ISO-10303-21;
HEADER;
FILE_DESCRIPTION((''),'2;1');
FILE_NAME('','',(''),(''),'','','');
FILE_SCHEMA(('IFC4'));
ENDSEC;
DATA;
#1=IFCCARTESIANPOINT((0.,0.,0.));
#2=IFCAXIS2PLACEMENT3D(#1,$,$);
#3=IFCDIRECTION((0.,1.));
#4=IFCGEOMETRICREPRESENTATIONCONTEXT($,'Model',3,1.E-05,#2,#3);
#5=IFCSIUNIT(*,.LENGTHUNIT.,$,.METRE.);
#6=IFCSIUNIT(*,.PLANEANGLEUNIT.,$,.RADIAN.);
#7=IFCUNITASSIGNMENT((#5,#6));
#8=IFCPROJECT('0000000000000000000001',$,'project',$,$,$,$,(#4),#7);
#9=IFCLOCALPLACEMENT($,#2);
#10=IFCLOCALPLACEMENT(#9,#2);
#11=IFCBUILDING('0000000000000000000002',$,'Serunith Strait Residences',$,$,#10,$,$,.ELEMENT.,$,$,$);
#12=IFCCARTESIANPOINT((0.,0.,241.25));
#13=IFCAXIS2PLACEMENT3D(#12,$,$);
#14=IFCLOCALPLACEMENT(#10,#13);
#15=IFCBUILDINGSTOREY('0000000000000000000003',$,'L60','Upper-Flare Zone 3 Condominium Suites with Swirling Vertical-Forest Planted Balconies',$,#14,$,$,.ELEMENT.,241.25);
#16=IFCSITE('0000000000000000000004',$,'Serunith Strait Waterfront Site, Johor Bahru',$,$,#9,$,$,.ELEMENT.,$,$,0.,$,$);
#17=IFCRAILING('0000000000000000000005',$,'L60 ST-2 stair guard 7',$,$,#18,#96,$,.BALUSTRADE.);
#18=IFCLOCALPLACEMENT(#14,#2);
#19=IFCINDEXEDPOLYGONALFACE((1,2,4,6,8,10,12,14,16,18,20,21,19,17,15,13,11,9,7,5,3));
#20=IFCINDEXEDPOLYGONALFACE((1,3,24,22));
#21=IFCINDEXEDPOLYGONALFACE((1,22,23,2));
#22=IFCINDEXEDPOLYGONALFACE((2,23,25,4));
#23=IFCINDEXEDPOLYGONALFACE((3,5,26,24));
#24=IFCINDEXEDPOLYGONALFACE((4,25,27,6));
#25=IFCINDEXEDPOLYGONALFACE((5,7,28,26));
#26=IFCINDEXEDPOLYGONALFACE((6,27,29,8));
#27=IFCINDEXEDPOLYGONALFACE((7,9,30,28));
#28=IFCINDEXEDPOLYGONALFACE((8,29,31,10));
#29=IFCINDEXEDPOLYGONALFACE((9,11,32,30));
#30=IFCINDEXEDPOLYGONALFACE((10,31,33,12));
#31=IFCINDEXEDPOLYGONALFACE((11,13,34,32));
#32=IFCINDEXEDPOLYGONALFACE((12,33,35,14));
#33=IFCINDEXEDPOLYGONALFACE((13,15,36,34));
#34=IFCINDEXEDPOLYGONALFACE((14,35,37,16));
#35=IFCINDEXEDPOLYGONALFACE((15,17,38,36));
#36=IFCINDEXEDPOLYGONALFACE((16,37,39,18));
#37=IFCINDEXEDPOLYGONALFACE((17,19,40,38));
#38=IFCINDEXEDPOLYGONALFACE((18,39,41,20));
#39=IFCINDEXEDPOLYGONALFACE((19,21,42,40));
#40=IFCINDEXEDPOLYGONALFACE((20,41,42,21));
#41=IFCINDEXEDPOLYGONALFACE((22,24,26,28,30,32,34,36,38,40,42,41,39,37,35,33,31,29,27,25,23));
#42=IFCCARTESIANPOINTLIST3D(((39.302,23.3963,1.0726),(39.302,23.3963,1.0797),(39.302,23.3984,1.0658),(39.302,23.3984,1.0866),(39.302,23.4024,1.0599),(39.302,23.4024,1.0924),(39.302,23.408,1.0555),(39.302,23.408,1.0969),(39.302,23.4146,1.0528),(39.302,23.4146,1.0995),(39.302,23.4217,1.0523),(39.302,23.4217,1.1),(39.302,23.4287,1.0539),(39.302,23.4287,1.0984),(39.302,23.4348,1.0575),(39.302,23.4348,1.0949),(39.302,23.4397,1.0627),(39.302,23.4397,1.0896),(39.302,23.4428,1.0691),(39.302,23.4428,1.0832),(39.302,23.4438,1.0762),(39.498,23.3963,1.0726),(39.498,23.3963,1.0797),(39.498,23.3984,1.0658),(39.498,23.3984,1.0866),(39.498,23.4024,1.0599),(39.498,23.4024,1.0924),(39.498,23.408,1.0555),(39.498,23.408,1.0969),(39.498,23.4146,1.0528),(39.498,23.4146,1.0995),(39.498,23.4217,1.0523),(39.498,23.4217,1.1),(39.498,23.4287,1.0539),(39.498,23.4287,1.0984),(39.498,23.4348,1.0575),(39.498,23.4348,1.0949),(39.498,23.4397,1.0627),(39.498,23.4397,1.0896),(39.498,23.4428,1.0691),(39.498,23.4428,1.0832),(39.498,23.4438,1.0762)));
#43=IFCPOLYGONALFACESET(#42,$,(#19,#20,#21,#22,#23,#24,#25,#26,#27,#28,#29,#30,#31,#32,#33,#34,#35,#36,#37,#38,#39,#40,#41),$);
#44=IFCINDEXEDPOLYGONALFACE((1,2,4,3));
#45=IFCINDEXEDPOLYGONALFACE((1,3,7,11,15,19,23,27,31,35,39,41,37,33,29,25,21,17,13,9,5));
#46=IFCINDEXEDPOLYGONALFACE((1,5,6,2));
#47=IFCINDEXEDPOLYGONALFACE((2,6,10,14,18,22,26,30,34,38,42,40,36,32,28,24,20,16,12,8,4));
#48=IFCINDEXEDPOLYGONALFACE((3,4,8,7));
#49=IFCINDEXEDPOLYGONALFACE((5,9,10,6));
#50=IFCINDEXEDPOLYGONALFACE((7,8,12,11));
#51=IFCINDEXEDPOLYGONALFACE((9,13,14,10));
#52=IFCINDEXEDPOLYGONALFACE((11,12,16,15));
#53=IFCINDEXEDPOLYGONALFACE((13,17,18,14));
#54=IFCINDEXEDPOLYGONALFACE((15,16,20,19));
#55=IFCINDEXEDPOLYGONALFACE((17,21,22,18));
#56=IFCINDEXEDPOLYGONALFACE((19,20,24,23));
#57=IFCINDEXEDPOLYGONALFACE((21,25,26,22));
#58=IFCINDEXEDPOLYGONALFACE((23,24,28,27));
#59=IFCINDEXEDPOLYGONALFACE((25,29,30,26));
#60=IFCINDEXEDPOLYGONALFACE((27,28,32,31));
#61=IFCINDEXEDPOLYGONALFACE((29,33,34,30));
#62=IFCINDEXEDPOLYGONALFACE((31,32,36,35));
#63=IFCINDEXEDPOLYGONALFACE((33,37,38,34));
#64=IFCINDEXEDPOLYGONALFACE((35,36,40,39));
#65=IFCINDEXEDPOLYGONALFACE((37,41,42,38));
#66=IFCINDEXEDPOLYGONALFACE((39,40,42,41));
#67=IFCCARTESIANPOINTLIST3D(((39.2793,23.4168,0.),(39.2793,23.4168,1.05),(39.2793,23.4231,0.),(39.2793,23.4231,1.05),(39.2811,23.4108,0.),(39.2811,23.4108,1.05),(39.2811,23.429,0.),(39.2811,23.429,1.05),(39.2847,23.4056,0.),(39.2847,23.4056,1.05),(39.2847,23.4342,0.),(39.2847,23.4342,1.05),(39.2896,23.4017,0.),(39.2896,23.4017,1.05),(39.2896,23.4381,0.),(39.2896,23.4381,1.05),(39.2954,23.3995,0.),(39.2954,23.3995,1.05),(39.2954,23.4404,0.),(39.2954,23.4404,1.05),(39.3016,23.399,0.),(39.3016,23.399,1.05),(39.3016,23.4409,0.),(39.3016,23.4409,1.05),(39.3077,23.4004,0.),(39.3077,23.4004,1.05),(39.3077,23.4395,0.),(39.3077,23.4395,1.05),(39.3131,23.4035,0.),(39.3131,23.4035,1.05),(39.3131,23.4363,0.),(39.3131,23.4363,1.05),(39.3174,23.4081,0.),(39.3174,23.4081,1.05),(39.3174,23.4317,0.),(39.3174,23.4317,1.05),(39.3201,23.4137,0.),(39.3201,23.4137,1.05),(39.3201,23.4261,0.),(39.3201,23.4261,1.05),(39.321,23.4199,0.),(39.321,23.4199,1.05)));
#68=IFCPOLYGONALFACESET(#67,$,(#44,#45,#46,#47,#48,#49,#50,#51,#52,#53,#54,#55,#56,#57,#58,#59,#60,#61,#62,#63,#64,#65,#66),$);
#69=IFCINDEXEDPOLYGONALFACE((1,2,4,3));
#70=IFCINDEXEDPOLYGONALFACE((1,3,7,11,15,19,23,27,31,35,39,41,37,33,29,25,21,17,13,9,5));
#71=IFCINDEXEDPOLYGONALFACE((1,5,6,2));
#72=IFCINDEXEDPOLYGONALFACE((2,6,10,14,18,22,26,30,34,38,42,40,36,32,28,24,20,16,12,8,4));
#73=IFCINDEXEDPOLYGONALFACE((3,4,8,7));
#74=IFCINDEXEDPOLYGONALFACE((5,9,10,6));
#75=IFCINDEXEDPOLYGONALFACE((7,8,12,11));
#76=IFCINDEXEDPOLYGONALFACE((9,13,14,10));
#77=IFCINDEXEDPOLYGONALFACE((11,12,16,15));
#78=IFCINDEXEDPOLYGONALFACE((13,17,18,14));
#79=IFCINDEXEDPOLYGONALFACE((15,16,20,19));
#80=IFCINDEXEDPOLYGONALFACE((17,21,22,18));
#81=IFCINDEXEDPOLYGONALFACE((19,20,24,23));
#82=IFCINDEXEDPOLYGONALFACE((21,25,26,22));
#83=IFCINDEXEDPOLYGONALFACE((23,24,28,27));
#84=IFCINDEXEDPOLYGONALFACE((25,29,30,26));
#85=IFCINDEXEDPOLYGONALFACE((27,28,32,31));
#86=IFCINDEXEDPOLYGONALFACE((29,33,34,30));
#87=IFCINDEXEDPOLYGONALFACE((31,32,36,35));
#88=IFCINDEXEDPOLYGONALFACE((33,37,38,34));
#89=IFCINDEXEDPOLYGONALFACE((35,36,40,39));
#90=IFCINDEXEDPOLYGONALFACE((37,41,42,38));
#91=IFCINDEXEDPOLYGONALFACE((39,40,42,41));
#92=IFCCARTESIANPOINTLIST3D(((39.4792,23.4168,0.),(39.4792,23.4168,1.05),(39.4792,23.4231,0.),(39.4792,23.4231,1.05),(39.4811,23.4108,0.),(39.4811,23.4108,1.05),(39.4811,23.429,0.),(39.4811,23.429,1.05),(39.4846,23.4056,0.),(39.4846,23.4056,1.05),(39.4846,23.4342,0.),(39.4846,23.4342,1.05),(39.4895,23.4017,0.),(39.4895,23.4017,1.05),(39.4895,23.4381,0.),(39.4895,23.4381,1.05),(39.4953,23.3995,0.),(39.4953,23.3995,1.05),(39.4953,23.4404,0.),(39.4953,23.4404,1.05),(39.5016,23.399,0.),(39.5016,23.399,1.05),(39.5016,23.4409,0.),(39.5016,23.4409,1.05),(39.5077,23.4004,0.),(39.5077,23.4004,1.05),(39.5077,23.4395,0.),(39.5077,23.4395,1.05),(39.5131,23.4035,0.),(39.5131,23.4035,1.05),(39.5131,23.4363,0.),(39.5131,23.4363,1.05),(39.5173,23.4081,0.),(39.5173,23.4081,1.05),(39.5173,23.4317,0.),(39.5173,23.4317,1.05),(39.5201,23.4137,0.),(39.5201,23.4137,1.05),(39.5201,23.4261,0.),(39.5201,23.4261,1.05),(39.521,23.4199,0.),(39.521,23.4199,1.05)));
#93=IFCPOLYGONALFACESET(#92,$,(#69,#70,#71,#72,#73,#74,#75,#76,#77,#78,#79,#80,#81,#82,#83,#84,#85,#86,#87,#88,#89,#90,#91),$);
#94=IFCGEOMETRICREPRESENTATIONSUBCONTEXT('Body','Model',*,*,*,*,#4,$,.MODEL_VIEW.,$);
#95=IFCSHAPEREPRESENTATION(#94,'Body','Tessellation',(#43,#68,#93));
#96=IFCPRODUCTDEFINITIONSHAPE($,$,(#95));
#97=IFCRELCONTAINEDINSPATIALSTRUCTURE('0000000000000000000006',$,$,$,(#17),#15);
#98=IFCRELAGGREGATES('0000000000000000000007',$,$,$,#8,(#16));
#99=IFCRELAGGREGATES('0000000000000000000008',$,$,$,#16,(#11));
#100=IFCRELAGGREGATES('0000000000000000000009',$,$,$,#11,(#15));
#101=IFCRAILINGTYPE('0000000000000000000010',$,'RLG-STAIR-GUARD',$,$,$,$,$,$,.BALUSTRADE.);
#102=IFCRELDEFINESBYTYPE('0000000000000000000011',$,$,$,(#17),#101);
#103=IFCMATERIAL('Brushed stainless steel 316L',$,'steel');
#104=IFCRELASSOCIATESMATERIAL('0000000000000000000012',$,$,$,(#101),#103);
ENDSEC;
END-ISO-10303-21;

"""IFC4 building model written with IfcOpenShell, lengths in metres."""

from ifc_helpers import new_model, si_unit, direction, frame, origin, origin_2d, place, context, subcontext, project, spatial, circle, extrude, material, type_object, element, save


model = new_model("IFC4")

# Units and contexts
model_context = context("Model", 3, precision=1e-05, world=origin(), true_north=direction((0.0, 1.0)))
body_context = subcontext(model_context, "Body", "Model", "MODEL_VIEW")
ifc_project = project(units=[si_unit("LENGTHUNIT", "METRE"), si_unit("PLANEANGLEUNIT", "RADIAN")], contexts=[model_context])

# Site, building, storey
site_placement = place(None, origin())
site = spatial("IfcSite", under=ifc_project, at=site_placement, Name="Serunith Strait Waterfront Site, Johor Bahru", CompositionType="ELEMENT", RefElevation=0.0)
building_placement = place(site_placement, origin())
building = spatial("IfcBuilding", under=site, at=building_placement, Name="Serunith Strait Residences", CompositionType="ELEMENT")
storey_placement = place(building_placement, frame((0.0, 0.0, 241.25)))
storey = spatial("IfcBuildingStorey", under=building, at=storey_placement, Name="L60", Description="Upper-Flare Zone 3 Condominium Suites with Swirling Vertical-Forest Planted Balconies", CompositionType="ELEMENT", Elevation=241.25)

# Railing
ifc_material_1 = material(Name="Brushed stainless steel 316L", Category="steel")
railing_type_1 = type_object("IfcRailingType", Name="RLG-STAIR-GUARD", PredefinedType="BALUSTRADE", material=ifc_material_1)
railing_1_placement = place(storey_placement, frame((39.3, 23.4199, 0.0)))
element("IfcRailing", 1, at=railing_1_placement, inside=storey, type_object=railing_type_1, Name="L60 ST-2 stair guard 7", PredefinedType="BALUSTRADE", context=body_context, shape_type="SweptSolid", body=[
    extrude(circle(Radius=0.0239, at=origin_2d()), frame((0.002, 0.0, 1.0762), z_axis=(1.0, 0.0, 0.0), x_axis=(0.0, 1.0, 0.0)), (0.0, 0.0, 1.0), 0.196),
    extrude(circle(Radius=0.021, at=origin_2d()), origin(), (0.0, 0.0, 1.0), 1.05),
    extrude(circle(Radius=0.021, at=origin_2d()), frame((0.2, 0.0, 0.0)), (0.0, 0.0, 1.0), 1.05),
])

save(model, "model.ifc")
